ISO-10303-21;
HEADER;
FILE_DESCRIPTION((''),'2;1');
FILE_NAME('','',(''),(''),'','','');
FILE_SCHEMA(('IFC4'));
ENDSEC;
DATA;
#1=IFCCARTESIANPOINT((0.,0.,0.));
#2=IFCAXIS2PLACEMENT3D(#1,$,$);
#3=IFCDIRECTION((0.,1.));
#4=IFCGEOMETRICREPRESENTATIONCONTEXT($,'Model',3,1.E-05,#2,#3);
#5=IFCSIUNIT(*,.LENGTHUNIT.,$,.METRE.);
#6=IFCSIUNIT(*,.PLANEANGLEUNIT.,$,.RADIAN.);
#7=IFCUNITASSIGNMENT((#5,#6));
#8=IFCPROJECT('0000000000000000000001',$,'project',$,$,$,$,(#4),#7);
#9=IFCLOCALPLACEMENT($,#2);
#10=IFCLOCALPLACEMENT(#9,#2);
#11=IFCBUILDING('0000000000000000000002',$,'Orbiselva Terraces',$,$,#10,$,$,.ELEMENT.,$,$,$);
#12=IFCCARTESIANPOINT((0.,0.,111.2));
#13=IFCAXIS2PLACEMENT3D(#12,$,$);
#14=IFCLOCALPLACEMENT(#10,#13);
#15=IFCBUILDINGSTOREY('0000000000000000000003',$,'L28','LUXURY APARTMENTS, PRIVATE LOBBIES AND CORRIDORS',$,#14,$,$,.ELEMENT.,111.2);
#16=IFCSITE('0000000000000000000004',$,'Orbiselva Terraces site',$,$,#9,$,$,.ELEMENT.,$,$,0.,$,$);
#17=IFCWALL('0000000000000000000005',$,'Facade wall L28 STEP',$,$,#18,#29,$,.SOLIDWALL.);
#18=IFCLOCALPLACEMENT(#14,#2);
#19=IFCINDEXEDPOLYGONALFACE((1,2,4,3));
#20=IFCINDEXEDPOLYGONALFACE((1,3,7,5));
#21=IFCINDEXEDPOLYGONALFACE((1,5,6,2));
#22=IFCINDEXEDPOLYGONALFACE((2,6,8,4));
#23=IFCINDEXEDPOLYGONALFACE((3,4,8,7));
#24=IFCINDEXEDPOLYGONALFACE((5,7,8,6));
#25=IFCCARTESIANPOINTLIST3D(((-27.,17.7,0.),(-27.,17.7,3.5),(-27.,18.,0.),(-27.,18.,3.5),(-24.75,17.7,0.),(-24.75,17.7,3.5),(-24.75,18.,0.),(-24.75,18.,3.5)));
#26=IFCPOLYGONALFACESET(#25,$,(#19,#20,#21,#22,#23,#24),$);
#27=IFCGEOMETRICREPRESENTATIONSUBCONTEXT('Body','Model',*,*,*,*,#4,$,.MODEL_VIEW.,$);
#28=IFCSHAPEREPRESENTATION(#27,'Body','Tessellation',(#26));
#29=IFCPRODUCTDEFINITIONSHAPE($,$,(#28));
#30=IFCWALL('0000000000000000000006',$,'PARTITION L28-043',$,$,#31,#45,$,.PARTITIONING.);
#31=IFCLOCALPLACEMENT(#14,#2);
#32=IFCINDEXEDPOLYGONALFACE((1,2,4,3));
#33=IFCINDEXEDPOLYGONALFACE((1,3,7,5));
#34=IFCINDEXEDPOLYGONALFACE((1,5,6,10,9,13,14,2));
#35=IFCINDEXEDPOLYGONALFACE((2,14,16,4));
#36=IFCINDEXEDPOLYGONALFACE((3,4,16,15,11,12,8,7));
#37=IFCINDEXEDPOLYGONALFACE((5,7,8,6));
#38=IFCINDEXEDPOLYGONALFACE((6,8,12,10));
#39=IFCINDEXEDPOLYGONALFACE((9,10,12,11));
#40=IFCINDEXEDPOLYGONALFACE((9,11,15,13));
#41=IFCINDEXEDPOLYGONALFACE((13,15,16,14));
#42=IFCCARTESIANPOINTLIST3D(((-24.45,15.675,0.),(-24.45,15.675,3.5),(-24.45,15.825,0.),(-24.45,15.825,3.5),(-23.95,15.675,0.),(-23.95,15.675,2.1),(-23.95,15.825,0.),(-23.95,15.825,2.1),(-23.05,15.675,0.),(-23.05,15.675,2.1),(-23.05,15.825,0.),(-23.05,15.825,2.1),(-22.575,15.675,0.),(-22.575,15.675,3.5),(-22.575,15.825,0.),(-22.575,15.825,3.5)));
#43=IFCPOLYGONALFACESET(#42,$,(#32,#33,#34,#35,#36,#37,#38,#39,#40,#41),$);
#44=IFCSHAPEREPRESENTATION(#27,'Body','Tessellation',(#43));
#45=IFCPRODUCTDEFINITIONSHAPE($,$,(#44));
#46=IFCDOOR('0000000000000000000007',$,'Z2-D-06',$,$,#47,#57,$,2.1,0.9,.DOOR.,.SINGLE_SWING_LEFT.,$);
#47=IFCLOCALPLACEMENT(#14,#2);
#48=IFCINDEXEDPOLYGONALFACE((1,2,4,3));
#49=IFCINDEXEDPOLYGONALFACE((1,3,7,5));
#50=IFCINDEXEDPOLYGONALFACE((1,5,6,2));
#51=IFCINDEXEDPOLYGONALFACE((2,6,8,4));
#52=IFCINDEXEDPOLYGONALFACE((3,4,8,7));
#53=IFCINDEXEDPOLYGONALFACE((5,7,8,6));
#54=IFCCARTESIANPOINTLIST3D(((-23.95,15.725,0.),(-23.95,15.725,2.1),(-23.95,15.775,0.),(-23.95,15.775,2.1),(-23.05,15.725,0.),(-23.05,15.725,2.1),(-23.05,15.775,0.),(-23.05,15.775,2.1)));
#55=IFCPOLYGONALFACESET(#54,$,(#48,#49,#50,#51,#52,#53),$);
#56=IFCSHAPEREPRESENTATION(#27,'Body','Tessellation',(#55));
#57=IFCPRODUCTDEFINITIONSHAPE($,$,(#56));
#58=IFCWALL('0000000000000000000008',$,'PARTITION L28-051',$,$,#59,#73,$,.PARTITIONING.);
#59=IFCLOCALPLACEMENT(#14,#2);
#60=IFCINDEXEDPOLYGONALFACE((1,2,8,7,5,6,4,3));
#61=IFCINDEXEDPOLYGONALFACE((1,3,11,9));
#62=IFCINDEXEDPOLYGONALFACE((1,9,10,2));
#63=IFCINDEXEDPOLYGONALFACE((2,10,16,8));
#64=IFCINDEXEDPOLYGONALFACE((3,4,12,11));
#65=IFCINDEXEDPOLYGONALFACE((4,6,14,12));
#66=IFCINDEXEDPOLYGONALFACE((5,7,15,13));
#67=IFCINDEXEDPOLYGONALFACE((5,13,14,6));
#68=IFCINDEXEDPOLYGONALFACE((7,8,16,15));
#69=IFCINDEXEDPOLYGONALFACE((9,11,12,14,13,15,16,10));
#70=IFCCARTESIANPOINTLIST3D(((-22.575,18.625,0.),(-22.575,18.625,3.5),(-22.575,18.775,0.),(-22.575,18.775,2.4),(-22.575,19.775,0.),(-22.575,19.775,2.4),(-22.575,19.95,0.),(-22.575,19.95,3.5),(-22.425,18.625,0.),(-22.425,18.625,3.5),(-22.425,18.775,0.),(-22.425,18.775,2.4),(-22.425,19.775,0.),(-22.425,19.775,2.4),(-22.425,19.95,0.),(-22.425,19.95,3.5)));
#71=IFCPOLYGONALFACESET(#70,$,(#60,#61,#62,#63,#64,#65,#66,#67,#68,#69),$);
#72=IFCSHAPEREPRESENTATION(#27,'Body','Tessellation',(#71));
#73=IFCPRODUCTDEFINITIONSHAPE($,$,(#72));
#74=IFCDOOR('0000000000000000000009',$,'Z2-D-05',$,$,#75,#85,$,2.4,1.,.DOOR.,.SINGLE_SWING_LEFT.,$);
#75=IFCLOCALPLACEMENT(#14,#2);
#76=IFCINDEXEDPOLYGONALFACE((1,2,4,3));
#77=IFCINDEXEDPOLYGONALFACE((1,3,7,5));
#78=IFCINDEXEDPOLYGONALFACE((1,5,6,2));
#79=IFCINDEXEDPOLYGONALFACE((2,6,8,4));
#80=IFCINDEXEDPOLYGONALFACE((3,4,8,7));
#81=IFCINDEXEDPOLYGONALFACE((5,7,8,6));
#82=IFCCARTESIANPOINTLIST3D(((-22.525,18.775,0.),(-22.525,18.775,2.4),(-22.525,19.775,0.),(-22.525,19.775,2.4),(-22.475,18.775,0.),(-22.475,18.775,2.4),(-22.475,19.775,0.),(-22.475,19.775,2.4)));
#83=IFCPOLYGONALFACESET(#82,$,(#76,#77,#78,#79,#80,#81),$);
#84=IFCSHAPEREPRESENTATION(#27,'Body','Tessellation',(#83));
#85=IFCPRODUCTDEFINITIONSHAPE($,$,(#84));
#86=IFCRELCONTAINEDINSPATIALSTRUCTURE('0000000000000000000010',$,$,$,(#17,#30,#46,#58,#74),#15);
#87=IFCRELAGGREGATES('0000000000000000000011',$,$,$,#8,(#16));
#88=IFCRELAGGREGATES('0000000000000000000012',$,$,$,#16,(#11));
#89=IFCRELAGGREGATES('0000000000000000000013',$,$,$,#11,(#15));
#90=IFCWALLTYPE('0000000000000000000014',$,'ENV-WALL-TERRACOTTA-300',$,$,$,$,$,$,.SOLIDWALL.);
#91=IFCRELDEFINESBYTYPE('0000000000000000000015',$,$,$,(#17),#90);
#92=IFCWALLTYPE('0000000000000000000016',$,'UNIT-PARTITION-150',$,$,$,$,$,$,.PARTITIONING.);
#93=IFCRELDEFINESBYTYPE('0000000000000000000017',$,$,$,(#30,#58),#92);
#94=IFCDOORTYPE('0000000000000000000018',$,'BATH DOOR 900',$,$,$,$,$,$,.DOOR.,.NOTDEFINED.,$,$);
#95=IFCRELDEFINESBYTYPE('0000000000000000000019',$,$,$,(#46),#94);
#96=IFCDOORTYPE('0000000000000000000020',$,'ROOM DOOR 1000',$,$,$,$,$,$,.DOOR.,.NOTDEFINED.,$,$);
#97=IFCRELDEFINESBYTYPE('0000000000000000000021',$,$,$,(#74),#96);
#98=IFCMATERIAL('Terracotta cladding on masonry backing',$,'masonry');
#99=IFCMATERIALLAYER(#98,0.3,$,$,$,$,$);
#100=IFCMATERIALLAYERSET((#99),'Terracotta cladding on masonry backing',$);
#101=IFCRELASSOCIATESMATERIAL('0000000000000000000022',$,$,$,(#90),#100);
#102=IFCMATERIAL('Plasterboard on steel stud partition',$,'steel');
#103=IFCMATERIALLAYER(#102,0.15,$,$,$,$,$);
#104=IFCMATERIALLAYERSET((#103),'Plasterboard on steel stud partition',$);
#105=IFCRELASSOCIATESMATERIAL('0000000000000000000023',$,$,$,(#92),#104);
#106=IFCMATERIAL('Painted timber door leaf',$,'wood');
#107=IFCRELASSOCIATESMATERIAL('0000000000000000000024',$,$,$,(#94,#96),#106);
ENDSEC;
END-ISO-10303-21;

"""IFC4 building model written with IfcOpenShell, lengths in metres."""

from ifc_helpers import new_model, si_unit, direction, frame, frame_2d, origin, place, context, subcontext, project, spatial, rectangle, extrude, material, layer, layer_set, type_object, element, fill, save


model = new_model("IFC4")

# Units and contexts
model_context = context("Model", 3, precision=1e-05, world=origin(), true_north=direction((0.0, 1.0)))
body_context = subcontext(model_context, "Body", "Model", "MODEL_VIEW")
ifc_project = project(units=[si_unit("LENGTHUNIT", "METRE"), si_unit("PLANEANGLEUNIT", "RADIAN")], contexts=[model_context])

# Site, building, storey
site_placement = place(None, origin())
site = spatial("IfcSite", under=ifc_project, at=site_placement, Name="Orbiselva Terraces site", CompositionType="ELEMENT", RefElevation=0.0)
building_placement = place(site_placement, origin())
building = spatial("IfcBuilding", under=site, at=building_placement, Name="Orbiselva Terraces", CompositionType="ELEMENT")
storey_placement = place(building_placement, frame((0.0, 0.0, 111.2)))
storey = spatial("IfcBuildingStorey", under=building, at=storey_placement, Name="L28", Description="LUXURY APARTMENTS, PRIVATE LOBBIES AND CORRIDORS", CompositionType="ELEMENT", Elevation=111.2)

# Shared definitions
ifc_material_1 = material(Name="Terracotta cladding on masonry backing", Category="masonry")
ifc_layer_1 = layer(ifc_material_1, 0.3)
ifc_layer_set_1 = layer_set([ifc_layer_1], Name="Terracotta cladding on masonry backing")
wall_type_1 = type_object("IfcWallType", Name="ENV-WALL-TERRACOTTA-300", PredefinedType="SOLIDWALL", material=ifc_layer_set_1)

# Wall
wall_1_placement = place(storey_placement, frame((-27.0, 17.85, 0.0), z_axis=(0.0, 0.0, 1.0), x_axis=(1.0, 0.0, 0.0)))
element("IfcWall", 1, at=wall_1_placement, inside=storey, type_object=wall_type_1, Name="Facade wall L28 STEP", PredefinedType="SOLIDWALL", context=body_context, shape_type="SweptSolid", body=[
    extrude(rectangle(XDim=2.25, YDim=0.3, at=frame_2d((1.125, 0.0))), origin(), (0.0, 0.0, 1.0), 3.5),
])

# Walls, openings, doors
ifc_material_2 = material(Name="Plasterboard on steel stud partition", Category="steel")
ifc_layer_2 = layer(ifc_material_2, 0.15)
ifc_layer_set_2 = layer_set([ifc_layer_2], Name="Plasterboard on steel stud partition")
wall_type_2 = type_object("IfcWallType", Name="UNIT-PARTITION-150", PredefinedType="PARTITIONING", material=ifc_layer_set_2)
wall_2_placement = place(storey_placement, frame((-22.575, 15.75, 0.0), z_axis=(0.0, 0.0, 1.0), x_axis=(-1.0, 0.0, 0.0)))
wall_2 = element("IfcWall", 2, at=wall_2_placement, inside=storey, type_object=wall_type_2, Name="PARTITION L28-043", PredefinedType="PARTITIONING", context=body_context, shape_type="SweptSolid", body=[
    extrude(rectangle(XDim=1.875, YDim=0.15, at=frame_2d((0.9375, 0.0))), origin(), (0.0, 0.0, 1.0), 3.5),
])
opening_1_placement = place(wall_2_placement, frame((0.475, 0.0, 0.0)))
opening_1 = element("IfcOpeningElement", 3, at=opening_1_placement, cuts=wall_2, PredefinedType="OPENING", context=body_context, shape_type="SweptSolid", body=[
    extrude(rectangle(XDim=0.9, YDim=2.1, at=frame_2d((0.45, 1.05))), frame((0.0, 0.085, 0.0), z_axis=(0.0, -1.0, 0.0), x_axis=(1.0, 0.0, 0.0)), (0.0, 0.0, 1.0), 0.17),
])
ifc_material_3 = material(Name="Painted timber door leaf", Category="wood")
door_type_1 = type_object("IfcDoorType", Name="BATH DOOR 900", OperationType="NOTDEFINED", PredefinedType="DOOR", material=ifc_material_3)
door_1_placement = place(opening_1_placement, origin())
door_1 = element("IfcDoor", 4, at=door_1_placement, inside=storey, type_object=door_type_1, Name="Z2-D-06", OperationType="SINGLE_SWING_LEFT", OverallHeight=2.1, OverallWidth=0.9, PredefinedType="DOOR", context=body_context, shape_type="SweptSolid", body=[
    extrude(rectangle(XDim=0.9, YDim=2.1, at=frame_2d((0.45, 1.05))), frame((0.0, 0.025, 0.0), z_axis=(0.0, -1.0, 0.0), x_axis=(1.0, 0.0, 0.0)), (0.0, 0.0, 1.0), 0.05),
])
fill(opening_1, door_1)
wall_3_placement = place(storey_placement, frame((-22.5, 18.625, 0.0), z_axis=(0.0, 0.0, 1.0), x_axis=(0.0, 1.0, 0.0)))
wall_3 = element("IfcWall", 5, at=wall_3_placement, inside=storey, type_object=wall_type_2, Name="PARTITION L28-051", PredefinedType="PARTITIONING", context=body_context, shape_type="SweptSolid", body=[
    extrude(rectangle(XDim=1.325, YDim=0.15, at=frame_2d((0.6625, 0.0))), origin(), (0.0, 0.0, 1.0), 3.5),
])
opening_2_placement = place(wall_3_placement, frame((0.15, 0.0, 0.0)))
opening_2 = element("IfcOpeningElement", 6, at=opening_2_placement, cuts=wall_3, PredefinedType="OPENING", context=body_context, shape_type="SweptSolid", body=[
    extrude(rectangle(XDim=1.0, YDim=2.4, at=frame_2d((0.5, 1.2))), frame((0.0, 0.085, 0.0), z_axis=(0.0, -1.0, 0.0), x_axis=(1.0, 0.0, 0.0)), (0.0, 0.0, 1.0), 0.17),
])
door_type_2 = type_object("IfcDoorType", Name="ROOM DOOR 1000", OperationType="NOTDEFINED", PredefinedType="DOOR", material=ifc_material_3)
door_2_placement = place(opening_2_placement, origin())
door_2 = element("IfcDoor", 7, at=door_2_placement, inside=storey, type_object=door_type_2, Name="Z2-D-05", OperationType="SINGLE_SWING_LEFT", OverallHeight=2.4, OverallWidth=1.0, PredefinedType="DOOR", context=body_context, shape_type="SweptSolid", body=[
    extrude(rectangle(XDim=1.0, YDim=2.4, at=frame_2d((0.5, 1.2))), frame((0.0, 0.025, 0.0), z_axis=(0.0, -1.0, 0.0), x_axis=(1.0, 0.0, 0.0)), (0.0, 0.0, 1.0), 0.05),
])
fill(opening_2, door_2)

save(model, "model.ifc")
